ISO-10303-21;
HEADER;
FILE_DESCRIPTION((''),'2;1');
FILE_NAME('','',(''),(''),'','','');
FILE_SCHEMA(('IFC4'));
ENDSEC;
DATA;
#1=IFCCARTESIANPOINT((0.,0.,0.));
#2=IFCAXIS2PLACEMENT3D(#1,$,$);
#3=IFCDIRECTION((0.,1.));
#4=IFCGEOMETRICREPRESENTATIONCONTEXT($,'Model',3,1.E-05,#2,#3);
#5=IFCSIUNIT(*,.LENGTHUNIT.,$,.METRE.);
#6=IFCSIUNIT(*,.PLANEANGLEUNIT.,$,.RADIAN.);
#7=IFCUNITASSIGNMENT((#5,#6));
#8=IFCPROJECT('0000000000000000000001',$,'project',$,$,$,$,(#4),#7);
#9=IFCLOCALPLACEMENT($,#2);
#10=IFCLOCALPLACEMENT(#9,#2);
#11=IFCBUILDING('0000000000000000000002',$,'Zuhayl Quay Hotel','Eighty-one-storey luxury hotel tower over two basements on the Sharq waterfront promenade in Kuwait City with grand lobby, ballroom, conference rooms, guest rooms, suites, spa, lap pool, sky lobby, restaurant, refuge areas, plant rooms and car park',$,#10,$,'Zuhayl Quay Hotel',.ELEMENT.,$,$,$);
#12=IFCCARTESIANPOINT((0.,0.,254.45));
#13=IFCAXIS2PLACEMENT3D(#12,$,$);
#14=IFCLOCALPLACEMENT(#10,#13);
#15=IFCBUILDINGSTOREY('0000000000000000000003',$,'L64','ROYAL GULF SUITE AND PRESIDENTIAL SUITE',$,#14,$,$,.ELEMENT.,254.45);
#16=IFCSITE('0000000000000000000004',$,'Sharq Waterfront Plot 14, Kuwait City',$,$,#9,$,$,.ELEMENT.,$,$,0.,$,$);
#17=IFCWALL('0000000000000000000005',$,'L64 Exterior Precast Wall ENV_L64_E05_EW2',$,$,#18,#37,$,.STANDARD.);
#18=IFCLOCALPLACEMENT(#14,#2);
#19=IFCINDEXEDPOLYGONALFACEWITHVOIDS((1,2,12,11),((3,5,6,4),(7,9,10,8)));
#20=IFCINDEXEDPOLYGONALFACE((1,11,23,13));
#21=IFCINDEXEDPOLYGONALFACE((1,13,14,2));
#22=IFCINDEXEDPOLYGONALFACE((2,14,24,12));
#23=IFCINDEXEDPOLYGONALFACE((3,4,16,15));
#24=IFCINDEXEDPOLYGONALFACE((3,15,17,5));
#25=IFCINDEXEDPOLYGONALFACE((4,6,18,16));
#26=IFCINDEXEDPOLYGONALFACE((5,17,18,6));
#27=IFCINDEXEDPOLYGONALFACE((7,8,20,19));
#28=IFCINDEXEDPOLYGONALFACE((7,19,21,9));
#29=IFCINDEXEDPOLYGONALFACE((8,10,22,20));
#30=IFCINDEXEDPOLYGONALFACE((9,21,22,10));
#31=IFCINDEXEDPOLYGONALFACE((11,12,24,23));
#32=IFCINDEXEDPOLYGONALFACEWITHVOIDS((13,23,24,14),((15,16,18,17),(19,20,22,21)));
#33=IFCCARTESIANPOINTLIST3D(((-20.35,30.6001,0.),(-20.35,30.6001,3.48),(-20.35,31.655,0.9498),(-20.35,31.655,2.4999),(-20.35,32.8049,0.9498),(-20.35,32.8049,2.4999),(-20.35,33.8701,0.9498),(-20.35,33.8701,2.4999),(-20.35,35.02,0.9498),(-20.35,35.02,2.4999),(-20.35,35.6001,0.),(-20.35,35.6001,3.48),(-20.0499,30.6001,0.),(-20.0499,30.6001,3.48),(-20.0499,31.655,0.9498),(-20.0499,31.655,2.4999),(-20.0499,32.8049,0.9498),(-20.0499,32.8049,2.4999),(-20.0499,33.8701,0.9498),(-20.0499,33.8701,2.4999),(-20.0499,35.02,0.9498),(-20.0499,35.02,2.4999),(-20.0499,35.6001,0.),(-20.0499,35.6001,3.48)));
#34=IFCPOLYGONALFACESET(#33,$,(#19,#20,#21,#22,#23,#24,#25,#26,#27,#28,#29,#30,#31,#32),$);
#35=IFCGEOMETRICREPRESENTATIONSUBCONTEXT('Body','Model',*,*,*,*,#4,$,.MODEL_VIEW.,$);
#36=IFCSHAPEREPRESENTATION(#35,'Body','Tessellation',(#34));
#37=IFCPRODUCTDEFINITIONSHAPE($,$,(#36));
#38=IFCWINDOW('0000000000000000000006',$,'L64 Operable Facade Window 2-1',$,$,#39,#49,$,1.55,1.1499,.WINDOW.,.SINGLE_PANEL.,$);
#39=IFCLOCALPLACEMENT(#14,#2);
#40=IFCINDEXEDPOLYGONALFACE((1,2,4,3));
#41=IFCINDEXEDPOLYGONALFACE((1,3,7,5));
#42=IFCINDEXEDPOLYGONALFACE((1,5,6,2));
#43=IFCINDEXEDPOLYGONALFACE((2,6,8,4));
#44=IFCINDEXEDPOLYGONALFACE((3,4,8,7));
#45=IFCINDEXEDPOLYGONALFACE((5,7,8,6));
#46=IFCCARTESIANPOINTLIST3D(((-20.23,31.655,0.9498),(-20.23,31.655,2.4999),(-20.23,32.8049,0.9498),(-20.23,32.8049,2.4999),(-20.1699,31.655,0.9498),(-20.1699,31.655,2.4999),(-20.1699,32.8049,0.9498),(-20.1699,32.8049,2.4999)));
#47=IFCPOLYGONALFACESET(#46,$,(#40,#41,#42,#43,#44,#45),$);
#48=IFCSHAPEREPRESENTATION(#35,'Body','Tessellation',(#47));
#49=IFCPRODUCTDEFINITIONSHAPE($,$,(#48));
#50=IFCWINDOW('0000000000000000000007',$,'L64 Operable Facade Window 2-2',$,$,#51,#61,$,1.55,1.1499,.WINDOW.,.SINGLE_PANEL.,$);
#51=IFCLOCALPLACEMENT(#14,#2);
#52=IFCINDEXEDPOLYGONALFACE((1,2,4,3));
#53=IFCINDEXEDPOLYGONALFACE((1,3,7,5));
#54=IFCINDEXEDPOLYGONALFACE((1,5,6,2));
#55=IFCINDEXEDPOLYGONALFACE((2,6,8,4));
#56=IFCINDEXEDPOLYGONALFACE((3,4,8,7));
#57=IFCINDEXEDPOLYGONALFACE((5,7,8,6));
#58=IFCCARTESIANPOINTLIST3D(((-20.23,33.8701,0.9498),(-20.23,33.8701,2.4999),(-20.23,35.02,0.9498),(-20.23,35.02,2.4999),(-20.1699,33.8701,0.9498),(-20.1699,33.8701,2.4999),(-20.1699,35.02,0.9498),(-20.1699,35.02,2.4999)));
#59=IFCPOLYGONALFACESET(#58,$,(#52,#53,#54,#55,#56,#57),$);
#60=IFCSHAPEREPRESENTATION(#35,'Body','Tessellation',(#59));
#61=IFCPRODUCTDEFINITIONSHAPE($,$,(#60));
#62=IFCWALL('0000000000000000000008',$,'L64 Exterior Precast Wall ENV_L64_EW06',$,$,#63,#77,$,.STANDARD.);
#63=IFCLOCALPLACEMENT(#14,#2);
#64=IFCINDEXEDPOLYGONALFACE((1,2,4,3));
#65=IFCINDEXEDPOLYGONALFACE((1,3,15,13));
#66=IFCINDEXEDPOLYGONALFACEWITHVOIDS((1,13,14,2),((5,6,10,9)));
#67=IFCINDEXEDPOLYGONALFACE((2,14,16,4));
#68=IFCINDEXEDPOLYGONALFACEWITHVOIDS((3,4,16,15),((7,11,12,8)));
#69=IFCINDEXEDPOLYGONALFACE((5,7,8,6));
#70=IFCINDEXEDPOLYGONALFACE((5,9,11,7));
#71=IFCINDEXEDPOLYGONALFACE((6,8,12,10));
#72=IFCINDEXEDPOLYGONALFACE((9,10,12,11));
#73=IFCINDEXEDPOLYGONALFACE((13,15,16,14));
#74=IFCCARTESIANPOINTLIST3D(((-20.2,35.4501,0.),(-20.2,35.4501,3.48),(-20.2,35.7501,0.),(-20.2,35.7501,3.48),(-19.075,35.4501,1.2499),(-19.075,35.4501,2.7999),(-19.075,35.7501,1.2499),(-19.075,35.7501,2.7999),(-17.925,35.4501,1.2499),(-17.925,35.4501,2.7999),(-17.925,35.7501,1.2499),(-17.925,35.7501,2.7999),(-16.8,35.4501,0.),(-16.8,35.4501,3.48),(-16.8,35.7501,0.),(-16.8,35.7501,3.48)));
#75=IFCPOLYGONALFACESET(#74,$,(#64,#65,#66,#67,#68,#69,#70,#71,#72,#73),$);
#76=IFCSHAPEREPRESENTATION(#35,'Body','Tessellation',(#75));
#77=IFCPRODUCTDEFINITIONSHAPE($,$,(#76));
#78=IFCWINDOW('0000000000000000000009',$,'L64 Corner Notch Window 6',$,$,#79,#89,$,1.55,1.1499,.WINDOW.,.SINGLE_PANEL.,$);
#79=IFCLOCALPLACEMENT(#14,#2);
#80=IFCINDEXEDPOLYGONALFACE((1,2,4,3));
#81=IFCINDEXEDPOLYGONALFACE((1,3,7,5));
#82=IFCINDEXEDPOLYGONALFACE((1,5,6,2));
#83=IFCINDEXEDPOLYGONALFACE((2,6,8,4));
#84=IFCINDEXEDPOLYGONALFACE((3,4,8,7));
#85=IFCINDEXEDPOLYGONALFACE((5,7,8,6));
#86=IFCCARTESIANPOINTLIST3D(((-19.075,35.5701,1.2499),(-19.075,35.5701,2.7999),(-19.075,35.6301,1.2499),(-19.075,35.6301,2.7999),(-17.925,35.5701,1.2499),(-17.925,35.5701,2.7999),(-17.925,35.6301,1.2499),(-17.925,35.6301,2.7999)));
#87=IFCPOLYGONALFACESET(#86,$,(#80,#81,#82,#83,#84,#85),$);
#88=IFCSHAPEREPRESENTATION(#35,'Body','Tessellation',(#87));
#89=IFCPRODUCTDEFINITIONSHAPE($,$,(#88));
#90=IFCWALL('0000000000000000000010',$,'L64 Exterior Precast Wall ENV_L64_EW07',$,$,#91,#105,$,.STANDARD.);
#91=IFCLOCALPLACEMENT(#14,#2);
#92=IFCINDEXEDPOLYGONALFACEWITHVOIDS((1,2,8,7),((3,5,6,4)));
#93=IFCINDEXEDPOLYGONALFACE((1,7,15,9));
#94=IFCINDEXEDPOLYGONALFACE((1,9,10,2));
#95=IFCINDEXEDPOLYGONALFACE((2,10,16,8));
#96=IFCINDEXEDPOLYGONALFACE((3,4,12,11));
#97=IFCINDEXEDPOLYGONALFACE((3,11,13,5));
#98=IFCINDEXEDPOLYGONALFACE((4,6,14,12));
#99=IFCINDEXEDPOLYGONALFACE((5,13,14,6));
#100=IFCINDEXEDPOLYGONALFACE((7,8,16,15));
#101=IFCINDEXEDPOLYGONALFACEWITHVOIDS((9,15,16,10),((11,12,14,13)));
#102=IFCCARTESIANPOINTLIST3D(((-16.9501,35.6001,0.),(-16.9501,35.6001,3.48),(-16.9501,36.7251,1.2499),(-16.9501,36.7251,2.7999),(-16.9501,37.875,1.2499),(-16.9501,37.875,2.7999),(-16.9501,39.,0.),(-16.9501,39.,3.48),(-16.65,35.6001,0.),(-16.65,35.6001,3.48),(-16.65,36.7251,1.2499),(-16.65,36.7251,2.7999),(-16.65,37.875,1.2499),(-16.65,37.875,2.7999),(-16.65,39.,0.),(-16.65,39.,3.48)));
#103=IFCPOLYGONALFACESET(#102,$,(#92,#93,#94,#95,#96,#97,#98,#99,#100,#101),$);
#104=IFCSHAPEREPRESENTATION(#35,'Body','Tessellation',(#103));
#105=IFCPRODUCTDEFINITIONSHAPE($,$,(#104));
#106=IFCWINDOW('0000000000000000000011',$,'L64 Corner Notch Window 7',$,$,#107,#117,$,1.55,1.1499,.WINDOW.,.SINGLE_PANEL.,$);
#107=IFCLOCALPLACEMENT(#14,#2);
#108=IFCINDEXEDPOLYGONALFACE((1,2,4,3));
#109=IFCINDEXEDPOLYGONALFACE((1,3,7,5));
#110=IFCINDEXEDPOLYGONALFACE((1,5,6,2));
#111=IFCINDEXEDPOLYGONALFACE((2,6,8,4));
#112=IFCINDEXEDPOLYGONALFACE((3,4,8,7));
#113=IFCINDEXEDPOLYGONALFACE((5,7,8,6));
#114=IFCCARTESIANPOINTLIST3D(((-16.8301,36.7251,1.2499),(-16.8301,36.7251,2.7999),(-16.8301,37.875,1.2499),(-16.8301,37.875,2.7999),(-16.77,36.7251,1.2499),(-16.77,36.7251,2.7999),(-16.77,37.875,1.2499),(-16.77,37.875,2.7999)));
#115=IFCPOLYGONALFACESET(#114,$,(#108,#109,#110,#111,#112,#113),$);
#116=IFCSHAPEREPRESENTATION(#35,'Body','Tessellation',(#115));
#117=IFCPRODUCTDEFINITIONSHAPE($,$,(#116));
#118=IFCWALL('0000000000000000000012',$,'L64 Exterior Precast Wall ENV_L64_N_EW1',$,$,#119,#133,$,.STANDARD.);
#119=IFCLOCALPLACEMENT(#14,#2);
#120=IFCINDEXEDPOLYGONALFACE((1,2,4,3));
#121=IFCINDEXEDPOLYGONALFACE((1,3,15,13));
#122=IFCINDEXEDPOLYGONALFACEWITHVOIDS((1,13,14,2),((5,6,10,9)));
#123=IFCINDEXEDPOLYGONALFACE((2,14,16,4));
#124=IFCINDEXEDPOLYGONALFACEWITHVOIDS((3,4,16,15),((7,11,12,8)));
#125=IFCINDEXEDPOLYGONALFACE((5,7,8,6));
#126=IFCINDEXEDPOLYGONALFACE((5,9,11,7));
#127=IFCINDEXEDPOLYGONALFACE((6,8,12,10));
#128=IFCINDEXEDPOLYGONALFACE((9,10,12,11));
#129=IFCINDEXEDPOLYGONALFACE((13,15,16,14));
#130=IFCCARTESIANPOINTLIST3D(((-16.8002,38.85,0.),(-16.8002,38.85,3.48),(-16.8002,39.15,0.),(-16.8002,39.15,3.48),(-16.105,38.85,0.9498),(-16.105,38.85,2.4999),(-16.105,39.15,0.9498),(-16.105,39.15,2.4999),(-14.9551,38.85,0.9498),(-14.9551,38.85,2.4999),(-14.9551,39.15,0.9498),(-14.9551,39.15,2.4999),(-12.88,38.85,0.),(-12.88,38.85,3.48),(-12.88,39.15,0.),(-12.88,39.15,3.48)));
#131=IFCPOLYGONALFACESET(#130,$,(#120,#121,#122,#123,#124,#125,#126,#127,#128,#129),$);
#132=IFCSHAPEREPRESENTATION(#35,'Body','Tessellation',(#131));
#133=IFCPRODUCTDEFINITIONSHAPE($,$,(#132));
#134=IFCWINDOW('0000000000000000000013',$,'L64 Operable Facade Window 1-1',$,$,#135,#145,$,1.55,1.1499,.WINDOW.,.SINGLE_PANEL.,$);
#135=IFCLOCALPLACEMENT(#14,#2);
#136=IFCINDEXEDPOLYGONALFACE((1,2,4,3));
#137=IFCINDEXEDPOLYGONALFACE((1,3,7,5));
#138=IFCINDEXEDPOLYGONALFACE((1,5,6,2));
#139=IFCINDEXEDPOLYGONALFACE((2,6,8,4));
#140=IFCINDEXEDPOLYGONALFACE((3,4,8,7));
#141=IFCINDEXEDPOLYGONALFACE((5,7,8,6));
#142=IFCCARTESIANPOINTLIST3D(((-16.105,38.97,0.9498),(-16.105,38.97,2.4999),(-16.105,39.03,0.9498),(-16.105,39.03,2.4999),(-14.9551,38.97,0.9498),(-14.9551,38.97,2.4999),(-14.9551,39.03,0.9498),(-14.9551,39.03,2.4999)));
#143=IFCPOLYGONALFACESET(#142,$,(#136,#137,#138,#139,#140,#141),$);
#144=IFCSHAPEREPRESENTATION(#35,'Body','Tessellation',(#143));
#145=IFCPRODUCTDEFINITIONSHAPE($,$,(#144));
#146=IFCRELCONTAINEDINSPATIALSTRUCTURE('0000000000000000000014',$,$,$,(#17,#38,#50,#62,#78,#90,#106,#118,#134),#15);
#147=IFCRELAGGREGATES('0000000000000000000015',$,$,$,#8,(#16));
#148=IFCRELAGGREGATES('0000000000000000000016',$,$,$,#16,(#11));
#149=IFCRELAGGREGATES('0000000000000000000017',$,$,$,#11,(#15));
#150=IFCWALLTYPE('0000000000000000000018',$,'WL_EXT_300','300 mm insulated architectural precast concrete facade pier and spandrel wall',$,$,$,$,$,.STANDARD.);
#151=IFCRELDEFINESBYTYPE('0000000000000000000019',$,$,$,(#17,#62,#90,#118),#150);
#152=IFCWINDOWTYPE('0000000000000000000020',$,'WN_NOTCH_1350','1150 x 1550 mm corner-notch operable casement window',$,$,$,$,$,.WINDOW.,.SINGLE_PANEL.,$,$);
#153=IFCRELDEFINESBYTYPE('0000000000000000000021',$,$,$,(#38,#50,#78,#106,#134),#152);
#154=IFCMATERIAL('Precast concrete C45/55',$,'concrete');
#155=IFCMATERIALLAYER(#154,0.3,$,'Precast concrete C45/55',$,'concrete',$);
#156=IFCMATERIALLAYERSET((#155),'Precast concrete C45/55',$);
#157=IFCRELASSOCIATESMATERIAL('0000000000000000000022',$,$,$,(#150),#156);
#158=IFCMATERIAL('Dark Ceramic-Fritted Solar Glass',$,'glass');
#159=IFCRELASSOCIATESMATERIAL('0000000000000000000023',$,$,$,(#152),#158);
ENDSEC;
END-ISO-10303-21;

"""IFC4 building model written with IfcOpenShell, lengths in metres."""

from ifc_helpers import new_model, si_unit, direction, frame, frame_2d, origin, place, context, subcontext, project, spatial, rectangle, extrude, material, layer, layer_set, type_object, element, fill, save


model = new_model("IFC4")

# Units and contexts
model_context = context("Model", 3, precision=1e-05, world=origin(), true_north=direction((0.0, 1.0)))
body_context = subcontext(model_context, "Body", "Model", "MODEL_VIEW")
ifc_project = project(units=[si_unit("LENGTHUNIT", "METRE"), si_unit("PLANEANGLEUNIT", "RADIAN")], contexts=[model_context])

# Site, building, storey
site_placement = place(None, origin())
site = spatial("IfcSite", under=ifc_project, at=site_placement, Name="Sharq Waterfront Plot 14, Kuwait City", CompositionType="ELEMENT", RefElevation=0.0)
building_placement = place(site_placement, origin())
building = spatial("IfcBuilding", under=site, at=building_placement, Name="Zuhayl Quay Hotel", Description="Eighty-one-storey luxury hotel tower over two basements on the Sharq waterfront promenade in Kuwait City with grand lobby, ballroom, conference rooms, guest rooms, suites, spa, lap pool, sky lobby, restaurant, refuge areas, plant rooms and car park", LongName="Zuhayl Quay Hotel", CompositionType="ELEMENT")
storey_placement = place(building_placement, frame((0.0, 0.0, 254.45)))
storey = spatial("IfcBuildingStorey", under=building, at=storey_placement, Name="L64", Description="ROYAL GULF SUITE AND PRESIDENTIAL SUITE", CompositionType="ELEMENT", Elevation=254.45)

# Shared definitions
ifc_material_1 = material(Name="Dark Ceramic-Fritted Solar Glass", Category="glass")

# Wall, openings, windows
ifc_material_2 = material(Name="Precast concrete C45/55", Category="concrete")
ifc_layer_1 = layer(ifc_material_2, 0.3, Name="Precast concrete C45/55", Category="concrete")
ifc_layer_set_1 = layer_set([ifc_layer_1], Name="Precast concrete C45/55")
wall_type_1 = type_object("IfcWallType", Name="WL_EXT_300", Description="300 mm insulated architectural precast concrete facade pier and spandrel wall", PredefinedType="STANDARD", material=ifc_layer_set_1)
wall_1_placement = place(storey_placement, frame((-20.2, 30.6001, 0.0), z_axis=(0.0, 0.0, 1.0), x_axis=(0.0, 1.0, 0.0)))
wall_1 = element("IfcWall", 1, at=wall_1_placement, inside=storey, type_object=wall_type_1, Name="L64 Exterior Precast Wall ENV_L64_E05_EW2", PredefinedType="STANDARD", context=body_context, shape_type="SweptSolid", body=[
    extrude(rectangle(XDim=5.0, YDim=0.3, at=frame_2d((2.5, 0.0))), origin(), (0.0, 0.0, 1.0), 3.48),
])
opening_1_placement = place(wall_1_placement, frame((1.0549, 0.0, 0.95)))
opening_1 = element("IfcOpeningElement", 2, at=opening_1_placement, cuts=wall_1, PredefinedType="OPENING", context=body_context, shape_type="SweptSolid", body=[
    extrude(rectangle(XDim=1.1499, YDim=1.55, at=frame_2d((0.575, 0.7749))), frame((0.0, 0.1599, 0.0), z_axis=(0.0, -1.0, 0.0), x_axis=(1.0, 0.0, 0.0)), (0.0, 0.0, 1.0), 0.3201),
])
opening_2_placement = place(wall_1_placement, frame((3.27, 0.0, 0.95)))
opening_2 = element("IfcOpeningElement", 3, at=opening_2_placement, cuts=wall_1, PredefinedType="OPENING", context=body_context, shape_type="SweptSolid", body=[
    extrude(rectangle(XDim=1.1499, YDim=1.55, at=frame_2d((0.575, 0.7749))), frame((0.0, 0.1599, 0.0), z_axis=(0.0, -1.0, 0.0), x_axis=(1.0, 0.0, 0.0)), (0.0, 0.0, 1.0), 0.3201),
])
window_type = type_object("IfcWindowType", Name="WN_NOTCH_1350", Description="1150 x 1550 mm corner-notch operable casement window", PartitioningType="SINGLE_PANEL", PredefinedType="WINDOW", material=ifc_material_1)
window_1_placement = place(opening_1_placement, origin())
window_1 = element("IfcWindow", 4, at=window_1_placement, inside=storey, type_object=window_type, Name="L64 Operable Facade Window 2-1", OverallHeight=1.55, OverallWidth=1.1499, PartitioningType="SINGLE_PANEL", PredefinedType="WINDOW", context=body_context, shape_type="SweptSolid", body=[
    extrude(rectangle(XDim=1.1499, YDim=1.55, at=frame_2d((0.575, 0.7749))), frame((0.0, 0.03, 0.0), z_axis=(0.0, -1.0, 0.0), x_axis=(1.0, 0.0, 0.0)), (0.0, 0.0, 1.0), 0.0601),
])
fill(opening_1, window_1)
window_2_placement = place(opening_2_placement, origin())
window_2 = element("IfcWindow", 5, at=window_2_placement, inside=storey, type_object=window_type, Name="L64 Operable Facade Window 2-2", OverallHeight=1.55, OverallWidth=1.1499, PartitioningType="SINGLE_PANEL", PredefinedType="WINDOW", context=body_context, shape_type="SweptSolid", body=[
    extrude(rectangle(XDim=1.1499, YDim=1.55, at=frame_2d((0.575, 0.7749))), frame((0.0, 0.03, 0.0), z_axis=(0.0, -1.0, 0.0), x_axis=(1.0, 0.0, 0.0)), (0.0, 0.0, 1.0), 0.0601),
])
fill(opening_2, window_2)

# Walls, openings, windows
wall_2_placement = place(storey_placement, frame((-20.2, 35.6001, 0.0), z_axis=(0.0, 0.0, 1.0), x_axis=(1.0, 0.0, 0.0)))
wall_2 = element("IfcWall", 6, at=wall_2_placement, inside=storey, type_object=wall_type_1, Name="L64 Exterior Precast Wall ENV_L64_EW06", PredefinedType="STANDARD", context=body_context, shape_type="SweptSolid", body=[
    extrude(rectangle(XDim=3.3999, YDim=0.3, at=frame_2d((1.7, 0.0))), origin(), (0.0, 0.0, 1.0), 3.48),
])
opening_3_placement = place(wall_2_placement, frame((1.125, 0.0, 1.25)))
opening_3 = element("IfcOpeningElement", 7, at=opening_3_placement, cuts=wall_2, PredefinedType="OPENING", context=body_context, shape_type="SweptSolid", body=[
    extrude(rectangle(XDim=1.1499, YDim=1.55, at=frame_2d((0.575, 0.7749))), frame((0.0, 0.1599, 0.0), z_axis=(0.0, -1.0, 0.0), x_axis=(1.0, 0.0, 0.0)), (0.0, 0.0, 1.0), 0.3201),
])
window_3_placement = place(opening_3_placement, origin())
window_3 = element("IfcWindow", 8, at=window_3_placement, inside=storey, type_object=window_type, Name="L64 Corner Notch Window 6", OverallHeight=1.55, OverallWidth=1.1499, PartitioningType="SINGLE_PANEL", PredefinedType="WINDOW", context=body_context, shape_type="SweptSolid", body=[
    extrude(rectangle(XDim=1.1499, YDim=1.55, at=frame_2d((0.575, 0.7749))), frame((0.0, 0.03, 0.0), z_axis=(0.0, -1.0, 0.0), x_axis=(1.0, 0.0, 0.0)), (0.0, 0.0, 1.0), 0.0601),
])
fill(opening_3, window_3)
wall_3_placement = place(storey_placement, frame((-16.8, 35.6001, 0.0), z_axis=(0.0, 0.0, 1.0), x_axis=(0.0, 1.0, 0.0)))
wall_3 = element("IfcWall", 9, at=wall_3_placement, inside=storey, type_object=wall_type_1, Name="L64 Exterior Precast Wall ENV_L64_EW07", PredefinedType="STANDARD", context=body_context, shape_type="SweptSolid", body=[
    extrude(rectangle(XDim=3.3999, YDim=0.3, at=frame_2d((1.7, 0.0))), origin(), (0.0, 0.0, 1.0), 3.48),
])
opening_4_placement = place(wall_3_placement, frame((1.125, 0.0, 1.25)))
opening_4 = element("IfcOpeningElement", 10, at=opening_4_placement, cuts=wall_3, PredefinedType="OPENING", context=body_context, shape_type="SweptSolid", body=[
    extrude(rectangle(XDim=1.1499, YDim=1.55, at=frame_2d((0.575, 0.7749))), frame((0.0, 0.1599, 0.0), z_axis=(0.0, -1.0, 0.0), x_axis=(1.0, 0.0, 0.0)), (0.0, 0.0, 1.0), 0.3201),
])
window_4_placement = place(opening_4_placement, origin())
window_4 = element("IfcWindow", 11, at=window_4_placement, inside=storey, type_object=window_type, Name="L64 Corner Notch Window 7", OverallHeight=1.55, OverallWidth=1.1499, PartitioningType="SINGLE_PANEL", PredefinedType="WINDOW", context=body_context, shape_type="SweptSolid", body=[
    extrude(rectangle(XDim=1.1499, YDim=1.55, at=frame_2d((0.575, 0.7749))), frame((0.0, 0.03, 0.0), z_axis=(0.0, -1.0, 0.0), x_axis=(1.0, 0.0, 0.0)), (0.0, 0.0, 1.0), 0.0601),
])
fill(opening_4, window_4)
wall_4_placement = place(storey_placement, frame((-16.8, 39.0, 0.0), z_axis=(0.0, 0.0, 1.0), x_axis=(1.0, 0.0, 0.0)))
wall_4 = element("IfcWall", 12, at=wall_4_placement, inside=storey, type_object=wall_type_1, Name="L64 Exterior Precast Wall ENV_L64_N_EW1", PredefinedType="STANDARD", context=body_context, shape_type="SweptSolid", body=[
    extrude(rectangle(XDim=3.9202, YDim=0.3, at=frame_2d((1.96, 0.0))), origin(), (0.0, 0.0, 1.0), 3.48),
])
opening_5_placement = place(wall_4_placement, frame((0.6951, 0.0, 0.95)))
opening_5 = element("IfcOpeningElement", 13, at=opening_5_placement, cuts=wall_4, PredefinedType="OPENING", context=body_context, shape_type="SweptSolid", body=[
    extrude(rectangle(XDim=1.1499, YDim=1.55, at=frame_2d((0.575, 0.7749))), frame((0.0, 0.1599, 0.0), z_axis=(0.0, -1.0, 0.0), x_axis=(1.0, 0.0, 0.0)), (0.0, 0.0, 1.0), 0.3201),
])
window_5_placement = place(opening_5_placement, origin())
window_5 = element("IfcWindow", 14, at=window_5_placement, inside=storey, type_object=window_type, Name="L64 Operable Facade Window 1-1", OverallHeight=1.55, OverallWidth=1.1499, PartitioningType="SINGLE_PANEL", PredefinedType="WINDOW", context=body_context, shape_type="SweptSolid", body=[
    extrude(rectangle(XDim=1.1499, YDim=1.55, at=frame_2d((0.575, 0.7749))), frame((0.0, 0.03, 0.0), z_axis=(0.0, -1.0, 0.0), x_axis=(1.0, 0.0, 0.0)), (0.0, 0.0, 1.0), 0.0601),
])
fill(opening_5, window_5)

save(model, "model.ifc")
